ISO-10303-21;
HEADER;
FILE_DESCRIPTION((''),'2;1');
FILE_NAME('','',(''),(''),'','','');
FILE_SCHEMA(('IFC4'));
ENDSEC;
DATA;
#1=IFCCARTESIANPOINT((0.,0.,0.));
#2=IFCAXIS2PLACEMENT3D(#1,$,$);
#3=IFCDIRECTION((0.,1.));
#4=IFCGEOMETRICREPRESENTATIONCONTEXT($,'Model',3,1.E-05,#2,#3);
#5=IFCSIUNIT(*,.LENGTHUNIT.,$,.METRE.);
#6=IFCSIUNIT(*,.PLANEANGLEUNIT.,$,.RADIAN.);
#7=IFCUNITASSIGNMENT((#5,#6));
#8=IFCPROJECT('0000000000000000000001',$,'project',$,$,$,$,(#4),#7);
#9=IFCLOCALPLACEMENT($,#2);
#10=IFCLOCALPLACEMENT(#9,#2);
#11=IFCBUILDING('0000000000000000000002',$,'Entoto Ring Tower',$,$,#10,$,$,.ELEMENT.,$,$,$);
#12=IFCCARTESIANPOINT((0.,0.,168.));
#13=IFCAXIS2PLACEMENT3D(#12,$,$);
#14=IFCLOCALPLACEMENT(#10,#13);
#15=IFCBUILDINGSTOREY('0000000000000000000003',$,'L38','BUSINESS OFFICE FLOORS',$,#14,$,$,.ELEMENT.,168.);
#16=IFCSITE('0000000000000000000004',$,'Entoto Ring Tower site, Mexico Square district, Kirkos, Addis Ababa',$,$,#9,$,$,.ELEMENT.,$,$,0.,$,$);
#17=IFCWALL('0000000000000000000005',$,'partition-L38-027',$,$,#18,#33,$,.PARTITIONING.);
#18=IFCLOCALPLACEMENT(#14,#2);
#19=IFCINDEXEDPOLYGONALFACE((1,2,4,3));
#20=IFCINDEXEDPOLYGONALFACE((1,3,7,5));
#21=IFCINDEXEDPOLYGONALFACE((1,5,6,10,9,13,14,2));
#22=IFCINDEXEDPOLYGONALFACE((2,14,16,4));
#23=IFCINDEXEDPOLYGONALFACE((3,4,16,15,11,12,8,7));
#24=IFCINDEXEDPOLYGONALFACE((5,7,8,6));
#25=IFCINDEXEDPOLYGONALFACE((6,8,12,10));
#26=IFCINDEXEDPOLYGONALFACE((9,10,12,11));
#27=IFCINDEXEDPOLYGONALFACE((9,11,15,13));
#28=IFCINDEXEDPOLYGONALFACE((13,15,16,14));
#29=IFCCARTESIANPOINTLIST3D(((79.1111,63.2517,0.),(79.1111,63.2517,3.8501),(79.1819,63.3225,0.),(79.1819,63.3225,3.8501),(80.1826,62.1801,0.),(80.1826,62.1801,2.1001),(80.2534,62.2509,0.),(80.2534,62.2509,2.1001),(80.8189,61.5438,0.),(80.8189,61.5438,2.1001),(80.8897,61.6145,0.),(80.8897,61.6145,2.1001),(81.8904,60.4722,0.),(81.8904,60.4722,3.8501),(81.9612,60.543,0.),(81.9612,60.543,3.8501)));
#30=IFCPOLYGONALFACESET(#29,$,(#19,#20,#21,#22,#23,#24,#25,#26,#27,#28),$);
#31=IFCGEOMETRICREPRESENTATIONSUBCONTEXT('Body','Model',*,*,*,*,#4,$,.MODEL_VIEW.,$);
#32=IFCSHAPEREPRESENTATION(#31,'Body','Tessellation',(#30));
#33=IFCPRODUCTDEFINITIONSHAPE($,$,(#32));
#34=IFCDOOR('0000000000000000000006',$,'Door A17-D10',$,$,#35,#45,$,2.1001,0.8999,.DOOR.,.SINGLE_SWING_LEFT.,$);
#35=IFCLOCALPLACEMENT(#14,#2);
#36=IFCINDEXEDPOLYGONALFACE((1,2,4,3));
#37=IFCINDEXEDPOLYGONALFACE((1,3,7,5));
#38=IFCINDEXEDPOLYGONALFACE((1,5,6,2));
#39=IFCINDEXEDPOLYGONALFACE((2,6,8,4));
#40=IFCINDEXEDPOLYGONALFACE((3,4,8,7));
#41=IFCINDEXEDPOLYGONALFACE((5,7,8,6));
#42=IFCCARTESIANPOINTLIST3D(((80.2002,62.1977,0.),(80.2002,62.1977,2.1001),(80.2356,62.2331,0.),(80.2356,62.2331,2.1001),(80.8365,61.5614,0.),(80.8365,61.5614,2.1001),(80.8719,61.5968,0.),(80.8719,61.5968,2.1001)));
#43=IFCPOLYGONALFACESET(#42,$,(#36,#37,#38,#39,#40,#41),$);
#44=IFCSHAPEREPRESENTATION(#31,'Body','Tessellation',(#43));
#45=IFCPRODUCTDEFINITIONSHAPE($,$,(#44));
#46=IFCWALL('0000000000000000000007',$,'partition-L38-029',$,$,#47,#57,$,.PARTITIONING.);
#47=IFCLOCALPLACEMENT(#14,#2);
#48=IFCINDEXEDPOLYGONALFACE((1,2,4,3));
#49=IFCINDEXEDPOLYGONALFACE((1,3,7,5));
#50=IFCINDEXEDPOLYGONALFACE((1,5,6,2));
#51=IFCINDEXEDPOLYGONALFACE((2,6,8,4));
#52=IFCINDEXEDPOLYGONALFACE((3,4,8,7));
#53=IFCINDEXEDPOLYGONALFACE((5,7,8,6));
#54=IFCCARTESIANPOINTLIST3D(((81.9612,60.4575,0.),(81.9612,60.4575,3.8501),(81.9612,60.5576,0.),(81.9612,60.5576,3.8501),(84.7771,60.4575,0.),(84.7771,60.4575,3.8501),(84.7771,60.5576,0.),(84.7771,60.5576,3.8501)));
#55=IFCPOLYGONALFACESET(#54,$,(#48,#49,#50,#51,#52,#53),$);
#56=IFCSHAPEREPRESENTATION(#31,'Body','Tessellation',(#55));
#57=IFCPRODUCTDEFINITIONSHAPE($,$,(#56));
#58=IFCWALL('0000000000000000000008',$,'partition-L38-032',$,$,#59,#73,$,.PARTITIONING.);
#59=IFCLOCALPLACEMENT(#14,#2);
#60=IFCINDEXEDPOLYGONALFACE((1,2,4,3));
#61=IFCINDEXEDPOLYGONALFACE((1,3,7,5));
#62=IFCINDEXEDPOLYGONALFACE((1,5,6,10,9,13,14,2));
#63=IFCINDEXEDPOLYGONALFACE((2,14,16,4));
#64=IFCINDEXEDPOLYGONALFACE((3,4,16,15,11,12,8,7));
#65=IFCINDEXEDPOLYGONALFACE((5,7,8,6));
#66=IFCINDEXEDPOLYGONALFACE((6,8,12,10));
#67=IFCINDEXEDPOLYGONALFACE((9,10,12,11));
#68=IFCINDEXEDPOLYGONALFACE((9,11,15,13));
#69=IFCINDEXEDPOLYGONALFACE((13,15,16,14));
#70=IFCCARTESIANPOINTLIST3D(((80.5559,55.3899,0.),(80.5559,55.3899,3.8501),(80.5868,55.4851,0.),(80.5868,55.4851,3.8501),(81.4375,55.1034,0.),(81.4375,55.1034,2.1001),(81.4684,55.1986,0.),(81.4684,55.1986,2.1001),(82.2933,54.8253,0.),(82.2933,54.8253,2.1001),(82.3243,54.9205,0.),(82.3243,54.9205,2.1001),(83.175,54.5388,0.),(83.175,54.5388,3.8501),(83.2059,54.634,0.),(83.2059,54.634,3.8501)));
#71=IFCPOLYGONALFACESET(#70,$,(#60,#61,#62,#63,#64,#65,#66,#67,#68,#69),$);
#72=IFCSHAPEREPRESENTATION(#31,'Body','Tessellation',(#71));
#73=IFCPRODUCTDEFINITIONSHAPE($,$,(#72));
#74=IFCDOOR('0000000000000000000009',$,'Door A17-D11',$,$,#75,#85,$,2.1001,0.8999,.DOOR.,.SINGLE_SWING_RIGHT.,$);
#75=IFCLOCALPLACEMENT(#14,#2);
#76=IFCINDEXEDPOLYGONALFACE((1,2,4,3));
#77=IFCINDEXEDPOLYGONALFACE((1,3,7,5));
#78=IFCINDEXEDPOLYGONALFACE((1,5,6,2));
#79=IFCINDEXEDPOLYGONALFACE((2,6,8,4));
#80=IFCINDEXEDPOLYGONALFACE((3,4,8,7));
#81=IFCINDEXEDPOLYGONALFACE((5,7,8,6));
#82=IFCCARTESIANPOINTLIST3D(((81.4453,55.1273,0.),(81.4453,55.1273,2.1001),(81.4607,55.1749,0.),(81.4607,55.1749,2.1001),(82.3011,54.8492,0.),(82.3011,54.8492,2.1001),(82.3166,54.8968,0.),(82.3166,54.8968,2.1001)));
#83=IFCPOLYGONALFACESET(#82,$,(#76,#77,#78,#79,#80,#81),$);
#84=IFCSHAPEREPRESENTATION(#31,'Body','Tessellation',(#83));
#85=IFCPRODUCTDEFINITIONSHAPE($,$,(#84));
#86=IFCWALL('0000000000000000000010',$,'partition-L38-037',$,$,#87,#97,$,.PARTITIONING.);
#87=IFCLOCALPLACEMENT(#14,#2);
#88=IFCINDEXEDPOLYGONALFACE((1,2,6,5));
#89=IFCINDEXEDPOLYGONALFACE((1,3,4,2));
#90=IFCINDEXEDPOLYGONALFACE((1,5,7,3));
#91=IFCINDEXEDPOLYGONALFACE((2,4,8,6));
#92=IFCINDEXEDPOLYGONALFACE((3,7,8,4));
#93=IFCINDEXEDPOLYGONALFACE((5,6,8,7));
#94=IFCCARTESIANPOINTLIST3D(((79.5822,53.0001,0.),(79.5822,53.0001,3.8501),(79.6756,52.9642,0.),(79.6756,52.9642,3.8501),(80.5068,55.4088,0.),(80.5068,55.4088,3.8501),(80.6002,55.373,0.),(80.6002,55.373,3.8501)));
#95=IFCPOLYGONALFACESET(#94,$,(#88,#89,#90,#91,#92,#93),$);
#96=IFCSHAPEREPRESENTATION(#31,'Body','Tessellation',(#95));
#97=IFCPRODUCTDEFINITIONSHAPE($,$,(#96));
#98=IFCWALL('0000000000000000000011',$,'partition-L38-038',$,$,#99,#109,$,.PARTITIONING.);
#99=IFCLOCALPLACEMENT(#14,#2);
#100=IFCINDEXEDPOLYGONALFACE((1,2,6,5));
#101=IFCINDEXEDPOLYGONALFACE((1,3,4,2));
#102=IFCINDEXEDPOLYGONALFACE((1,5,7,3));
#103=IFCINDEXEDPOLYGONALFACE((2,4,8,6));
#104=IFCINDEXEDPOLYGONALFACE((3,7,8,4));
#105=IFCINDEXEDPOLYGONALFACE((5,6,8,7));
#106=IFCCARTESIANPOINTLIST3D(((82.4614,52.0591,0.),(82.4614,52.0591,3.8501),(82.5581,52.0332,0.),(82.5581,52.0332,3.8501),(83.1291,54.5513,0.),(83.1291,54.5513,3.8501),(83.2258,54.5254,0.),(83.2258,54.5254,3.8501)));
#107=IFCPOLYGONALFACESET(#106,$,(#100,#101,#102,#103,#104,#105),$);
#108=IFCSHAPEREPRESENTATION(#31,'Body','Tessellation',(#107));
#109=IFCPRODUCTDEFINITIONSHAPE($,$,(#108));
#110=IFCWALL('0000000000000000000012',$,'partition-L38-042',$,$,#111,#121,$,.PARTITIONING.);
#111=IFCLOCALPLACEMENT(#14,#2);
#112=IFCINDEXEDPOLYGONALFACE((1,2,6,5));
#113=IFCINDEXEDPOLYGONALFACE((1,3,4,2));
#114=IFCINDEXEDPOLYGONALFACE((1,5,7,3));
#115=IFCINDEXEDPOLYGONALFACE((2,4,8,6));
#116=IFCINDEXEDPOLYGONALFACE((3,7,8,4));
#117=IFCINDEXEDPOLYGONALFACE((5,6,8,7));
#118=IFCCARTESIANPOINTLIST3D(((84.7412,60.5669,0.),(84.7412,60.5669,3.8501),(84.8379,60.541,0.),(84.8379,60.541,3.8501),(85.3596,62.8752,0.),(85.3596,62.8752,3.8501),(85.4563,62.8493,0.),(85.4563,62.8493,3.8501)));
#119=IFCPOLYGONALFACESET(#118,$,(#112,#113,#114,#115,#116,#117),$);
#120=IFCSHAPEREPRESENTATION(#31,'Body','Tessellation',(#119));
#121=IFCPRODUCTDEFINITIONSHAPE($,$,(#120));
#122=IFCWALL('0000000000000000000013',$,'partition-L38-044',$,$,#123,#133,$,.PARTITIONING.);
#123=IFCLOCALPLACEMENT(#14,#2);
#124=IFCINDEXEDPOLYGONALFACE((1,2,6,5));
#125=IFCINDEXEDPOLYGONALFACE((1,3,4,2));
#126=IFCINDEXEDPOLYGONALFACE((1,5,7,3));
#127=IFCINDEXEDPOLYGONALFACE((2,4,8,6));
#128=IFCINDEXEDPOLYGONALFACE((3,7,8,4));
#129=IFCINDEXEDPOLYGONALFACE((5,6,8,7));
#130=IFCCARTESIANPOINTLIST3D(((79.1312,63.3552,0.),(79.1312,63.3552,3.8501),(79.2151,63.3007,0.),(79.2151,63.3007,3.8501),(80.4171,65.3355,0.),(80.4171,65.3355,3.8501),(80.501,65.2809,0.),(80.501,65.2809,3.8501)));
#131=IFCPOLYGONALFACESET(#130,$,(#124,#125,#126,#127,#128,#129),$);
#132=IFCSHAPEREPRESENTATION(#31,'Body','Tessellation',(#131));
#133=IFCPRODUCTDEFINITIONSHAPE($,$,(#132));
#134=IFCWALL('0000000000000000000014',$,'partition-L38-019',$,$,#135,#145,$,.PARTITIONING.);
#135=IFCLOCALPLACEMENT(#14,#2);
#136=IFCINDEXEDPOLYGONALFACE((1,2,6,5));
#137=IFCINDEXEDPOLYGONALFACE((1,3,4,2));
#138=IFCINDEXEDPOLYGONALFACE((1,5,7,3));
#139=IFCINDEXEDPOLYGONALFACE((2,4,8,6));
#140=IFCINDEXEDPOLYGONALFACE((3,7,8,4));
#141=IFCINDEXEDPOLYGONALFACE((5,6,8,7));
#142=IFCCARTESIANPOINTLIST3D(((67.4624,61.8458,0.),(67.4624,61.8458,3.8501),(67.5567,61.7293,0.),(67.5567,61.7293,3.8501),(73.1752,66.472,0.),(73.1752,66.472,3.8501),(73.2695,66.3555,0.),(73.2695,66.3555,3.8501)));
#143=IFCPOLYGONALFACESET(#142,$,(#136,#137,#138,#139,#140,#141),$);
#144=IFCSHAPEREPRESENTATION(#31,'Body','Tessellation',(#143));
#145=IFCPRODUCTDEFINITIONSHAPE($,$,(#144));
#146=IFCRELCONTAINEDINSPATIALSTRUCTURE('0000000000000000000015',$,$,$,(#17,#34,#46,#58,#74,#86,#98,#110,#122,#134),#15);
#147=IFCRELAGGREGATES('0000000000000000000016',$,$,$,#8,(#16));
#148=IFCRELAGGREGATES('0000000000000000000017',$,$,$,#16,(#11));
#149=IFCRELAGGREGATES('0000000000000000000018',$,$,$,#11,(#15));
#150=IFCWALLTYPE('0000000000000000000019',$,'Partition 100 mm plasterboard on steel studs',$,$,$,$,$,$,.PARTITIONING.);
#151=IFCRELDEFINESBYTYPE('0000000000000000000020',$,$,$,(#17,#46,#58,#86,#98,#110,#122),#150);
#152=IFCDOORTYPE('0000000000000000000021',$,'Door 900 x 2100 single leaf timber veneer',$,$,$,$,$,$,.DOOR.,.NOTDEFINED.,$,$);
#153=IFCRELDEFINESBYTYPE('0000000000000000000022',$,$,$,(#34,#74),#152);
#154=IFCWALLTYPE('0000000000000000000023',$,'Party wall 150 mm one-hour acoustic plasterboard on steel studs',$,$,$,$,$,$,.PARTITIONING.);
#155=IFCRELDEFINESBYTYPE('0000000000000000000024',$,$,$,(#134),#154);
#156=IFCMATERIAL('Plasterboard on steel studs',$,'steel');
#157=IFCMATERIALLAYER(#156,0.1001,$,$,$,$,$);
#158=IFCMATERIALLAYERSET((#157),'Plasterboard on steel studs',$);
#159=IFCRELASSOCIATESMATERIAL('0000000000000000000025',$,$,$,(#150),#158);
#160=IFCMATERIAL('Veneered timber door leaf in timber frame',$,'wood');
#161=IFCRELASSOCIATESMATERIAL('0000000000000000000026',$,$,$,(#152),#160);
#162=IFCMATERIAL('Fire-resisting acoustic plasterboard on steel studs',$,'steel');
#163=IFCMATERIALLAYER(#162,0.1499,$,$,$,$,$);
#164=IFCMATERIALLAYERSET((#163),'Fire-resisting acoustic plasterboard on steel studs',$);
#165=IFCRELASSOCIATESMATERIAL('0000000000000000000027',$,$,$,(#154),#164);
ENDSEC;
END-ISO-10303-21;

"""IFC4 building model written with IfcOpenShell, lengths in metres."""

from ifc_helpers import new_model, si_unit, direction, frame, frame_2d, origin, place, context, subcontext, project, spatial, rectangle, extrude, material, layer, layer_set, type_object, element, fill, save


model = new_model("IFC4")

# Units and contexts
model_context = context("Model", 3, precision=1e-05, world=origin(), true_north=direction((0.0, 1.0)))
body_context = subcontext(model_context, "Body", "Model", "MODEL_VIEW")
ifc_project = project(units=[si_unit("LENGTHUNIT", "METRE"), si_unit("PLANEANGLEUNIT", "RADIAN")], contexts=[model_context])

# Site, building, storey
site_placement = place(None, origin())
site = spatial("IfcSite", under=ifc_project, at=site_placement, Name="Entoto Ring Tower site, Mexico Square district, Kirkos, Addis Ababa", CompositionType="ELEMENT", RefElevation=0.0)
building_placement = place(site_placement, origin())
building = spatial("IfcBuilding", under=site, at=building_placement, Name="Entoto Ring Tower", CompositionType="ELEMENT")
storey_placement = place(building_placement, frame((0.0, 0.0, 168.0)))
storey = spatial("IfcBuildingStorey", under=building, at=storey_placement, Name="L38", Description="BUSINESS OFFICE FLOORS", CompositionType="ELEMENT", Elevation=168.0)

# Wall, opening, door
ifc_material_1 = material(Name="Plasterboard on steel studs", Category="steel")
ifc_layer_1 = layer(ifc_material_1, 0.1001)
ifc_layer_set_1 = layer_set([ifc_layer_1], Name="Plasterboard on steel studs")
wall_type_1 = type_object("IfcWallType", Name="Partition 100 mm plasterboard on steel studs", PredefinedType="PARTITIONING", material=ifc_layer_set_1)
wall_1_placement = place(storey_placement, frame((81.9258, 60.5076, 0.0), z_axis=(0.0, 0.0, 1.0), x_axis=(-0.707076, 0.707138, 0.0)))
wall_1 = element("IfcWall", 1, at=wall_1_placement, inside=storey, type_object=wall_type_1, Name="partition-L38-027", PredefinedType="PARTITIONING", context=body_context, shape_type="SweptSolid", body=[
    extrude(rectangle(XDim=3.9307, YDim=0.1001, at=frame_2d((1.9653, 0.0))), origin(), (0.0, 0.0, 1.0), 3.8501),
])
opening_1_placement = place(wall_1_placement, frame((1.5154, 0.0, 0.0)))
opening_1 = element("IfcOpeningElement", 2, at=opening_1_placement, cuts=wall_1, PredefinedType="OPENING", context=body_context, shape_type="SweptSolid", body=[
    extrude(rectangle(XDim=0.8999, YDim=2.1001, at=frame_2d((0.45, 1.05))), frame((0.0, 0.0601, 0.0), z_axis=(0.0, -1.0, 0.0), x_axis=(1.0, 0.0, 0.0)), (0.0, 0.0, 1.0), 0.1201),
])
ifc_material_2 = material(Name="Veneered timber door leaf in timber frame", Category="wood")
door_type_1 = type_object("IfcDoorType", Name="Door 900 x 2100 single leaf timber veneer", OperationType="NOTDEFINED", PredefinedType="DOOR", material=ifc_material_2)
door_1_placement = place(opening_1_placement, frame((0.8999, 0.0, 0.0), z_axis=(0.0, 0.0, 1.0), x_axis=(-1.0, 0.0, 0.0)))
door_1 = element("IfcDoor", 3, at=door_1_placement, inside=storey, type_object=door_type_1, Name="Door A17-D10", OperationType="SINGLE_SWING_LEFT", OverallHeight=2.1001, OverallWidth=0.8999, PredefinedType="DOOR", context=body_context, shape_type="SweptSolid", body=[
    extrude(rectangle(XDim=0.8999, YDim=2.1001, at=frame_2d((0.45, 1.05))), frame((0.0, 0.0249, 0.0), z_axis=(0.0, -1.0, 0.0), x_axis=(1.0, 0.0, 0.0)), (0.0, 0.0, 1.0), 0.05),
])
fill(opening_1, door_1)

# Wall
wall_2_placement = place(storey_placement, frame((81.9612, 60.5076, 0.0), z_axis=(0.0, 0.0, 1.0), x_axis=(1.0, 0.0, 0.0)))
element("IfcWall", 4, at=wall_2_placement, inside=storey, type_object=wall_type_1, Name="partition-L38-029", PredefinedType="PARTITIONING", context=body_context, shape_type="SweptSolid", body=[
    extrude(rectangle(XDim=2.8159, YDim=0.1001, at=frame_2d((1.408, 0.0))), origin(), (0.0, 0.0, 1.0), 3.8501),
])

# Wall, opening, door
wall_3_placement = place(storey_placement, frame((83.1904, 54.5864, 0.0), z_axis=(0.0, 0.0, 1.0), x_axis=(-0.95105, 0.309038, 0.0)))
wall_3 = element("IfcWall", 5, at=wall_3_placement, inside=storey, type_object=wall_type_1, Name="partition-L38-032", PredefinedType="PARTITIONING", context=body_context, shape_type="SweptSolid", body=[
    extrude(rectangle(XDim=2.7539, YDim=0.1001, at=frame_2d((1.377, 0.0))), origin(), (0.0, 0.0, 1.0), 3.8501),
])
opening_2_placement = place(wall_3_placement, frame((0.927, 0.0, 0.0)))
opening_2 = element("IfcOpeningElement", 6, at=opening_2_placement, cuts=wall_3, PredefinedType="OPENING", context=body_context, shape_type="SweptSolid", body=[
    extrude(rectangle(XDim=0.8999, YDim=2.1001, at=frame_2d((0.45, 1.05))), frame((0.0, 0.0601, 0.0), z_axis=(0.0, -1.0, 0.0), x_axis=(1.0, 0.0, 0.0)), (0.0, 0.0, 1.0), 0.1201),
])
door_2_placement = place(opening_2_placement, origin())
door_2 = element("IfcDoor", 7, at=door_2_placement, inside=storey, type_object=door_type_1, Name="Door A17-D11", OperationType="SINGLE_SWING_RIGHT", OverallHeight=2.1001, OverallWidth=0.8999, PredefinedType="DOOR", context=body_context, shape_type="SweptSolid", body=[
    extrude(rectangle(XDim=0.8999, YDim=2.1001, at=frame_2d((0.45, 1.05))), frame((0.0, 0.0249, 0.0), z_axis=(0.0, -1.0, 0.0), x_axis=(1.0, 0.0, 0.0)), (0.0, 0.0, 1.0), 0.05),
])
fill(opening_2, door_2)

# Walls
for number, where, z_axis, x_axis, name in (
    (8, (79.6289, 52.9822, 0.0), (0.0, 0.0, 1.0), (0.358351, 0.933587, 0.0), "partition-L38-037"),
    (9, (82.5098, 52.0461, 0.0), (0.0, 0.0, 1.0), (0.258799, 0.965931, 0.0), "partition-L38-038"),
):
    element("IfcWall", number, at=place(storey_placement, frame(where, z_axis=z_axis, x_axis=x_axis)), inside=storey, type_object=wall_type_1, Name=name, PredefinedType="PARTITIONING", context=body_context, shape_type="SweptSolid", body=[
        extrude(rectangle(XDim=2.5801, YDim=0.1001, at=frame_2d((1.29, 0.0))), origin(), (0.0, 0.0, 1.0), 3.8501),
    ])
wall_4_placement = place(storey_placement, frame((84.7896, 60.554, 0.0), z_axis=(0.0, 0.0, 1.0), x_axis=(0.258775, 0.965938, 0.0)))
element("IfcWall", 10, at=wall_4_placement, inside=storey, type_object=wall_type_1, Name="partition-L38-042", PredefinedType="PARTITIONING", context=body_context, shape_type="SweptSolid", body=[
    extrude(rectangle(XDim=2.3896, YDim=0.1001, at=frame_2d((1.1948, 0.0))), origin(), (0.0, 0.0, 1.0), 3.8501),
])
wall_5_placement = place(storey_placement, frame((79.1731, 63.3279, 0.0), z_axis=(0.0, 0.0, 1.0), x_axis=(0.544614, 0.838687, 0.0)))
element("IfcWall", 11, at=wall_5_placement, inside=storey, type_object=wall_type_1, Name="partition-L38-044", PredefinedType="PARTITIONING", context=body_context, shape_type="SweptSolid", body=[
    extrude(rectangle(XDim=2.3611, YDim=0.1001, at=frame_2d((1.1807, 0.0))), origin(), (0.0, 0.0, 1.0), 3.8501),
])
ifc_material_3 = material(Name="Fire-resisting acoustic plasterboard on steel studs", Category="steel")
ifc_layer_2 = layer(ifc_material_3, 0.1499)
ifc_layer_set_2 = layer_set([ifc_layer_2], Name="Fire-resisting acoustic plasterboard on steel studs")
wall_type_2 = type_object("IfcWallType", Name="Party wall 150 mm one-hour acoustic plasterboard on steel studs", PredefinedType="PARTITIONING", material=ifc_layer_set_2)
wall_6_placement = place(storey_placement, frame((67.5095, 61.7876, 0.0), z_axis=(0.0, 0.0, 1.0), x_axis=(0.777145, 0.629321, 0.0)))
element("IfcWall", 12, at=wall_6_placement, inside=storey, type_object=wall_type_2, Name="partition-L38-019", PredefinedType="PARTITIONING", context=body_context, shape_type="SweptSolid", body=[
    extrude(rectangle(XDim=7.3511, YDim=0.1499, at=frame_2d((3.6755, 0.0))), origin(), (0.0, 0.0, 1.0), 3.8501),
])

save(model, "model.ifc")
